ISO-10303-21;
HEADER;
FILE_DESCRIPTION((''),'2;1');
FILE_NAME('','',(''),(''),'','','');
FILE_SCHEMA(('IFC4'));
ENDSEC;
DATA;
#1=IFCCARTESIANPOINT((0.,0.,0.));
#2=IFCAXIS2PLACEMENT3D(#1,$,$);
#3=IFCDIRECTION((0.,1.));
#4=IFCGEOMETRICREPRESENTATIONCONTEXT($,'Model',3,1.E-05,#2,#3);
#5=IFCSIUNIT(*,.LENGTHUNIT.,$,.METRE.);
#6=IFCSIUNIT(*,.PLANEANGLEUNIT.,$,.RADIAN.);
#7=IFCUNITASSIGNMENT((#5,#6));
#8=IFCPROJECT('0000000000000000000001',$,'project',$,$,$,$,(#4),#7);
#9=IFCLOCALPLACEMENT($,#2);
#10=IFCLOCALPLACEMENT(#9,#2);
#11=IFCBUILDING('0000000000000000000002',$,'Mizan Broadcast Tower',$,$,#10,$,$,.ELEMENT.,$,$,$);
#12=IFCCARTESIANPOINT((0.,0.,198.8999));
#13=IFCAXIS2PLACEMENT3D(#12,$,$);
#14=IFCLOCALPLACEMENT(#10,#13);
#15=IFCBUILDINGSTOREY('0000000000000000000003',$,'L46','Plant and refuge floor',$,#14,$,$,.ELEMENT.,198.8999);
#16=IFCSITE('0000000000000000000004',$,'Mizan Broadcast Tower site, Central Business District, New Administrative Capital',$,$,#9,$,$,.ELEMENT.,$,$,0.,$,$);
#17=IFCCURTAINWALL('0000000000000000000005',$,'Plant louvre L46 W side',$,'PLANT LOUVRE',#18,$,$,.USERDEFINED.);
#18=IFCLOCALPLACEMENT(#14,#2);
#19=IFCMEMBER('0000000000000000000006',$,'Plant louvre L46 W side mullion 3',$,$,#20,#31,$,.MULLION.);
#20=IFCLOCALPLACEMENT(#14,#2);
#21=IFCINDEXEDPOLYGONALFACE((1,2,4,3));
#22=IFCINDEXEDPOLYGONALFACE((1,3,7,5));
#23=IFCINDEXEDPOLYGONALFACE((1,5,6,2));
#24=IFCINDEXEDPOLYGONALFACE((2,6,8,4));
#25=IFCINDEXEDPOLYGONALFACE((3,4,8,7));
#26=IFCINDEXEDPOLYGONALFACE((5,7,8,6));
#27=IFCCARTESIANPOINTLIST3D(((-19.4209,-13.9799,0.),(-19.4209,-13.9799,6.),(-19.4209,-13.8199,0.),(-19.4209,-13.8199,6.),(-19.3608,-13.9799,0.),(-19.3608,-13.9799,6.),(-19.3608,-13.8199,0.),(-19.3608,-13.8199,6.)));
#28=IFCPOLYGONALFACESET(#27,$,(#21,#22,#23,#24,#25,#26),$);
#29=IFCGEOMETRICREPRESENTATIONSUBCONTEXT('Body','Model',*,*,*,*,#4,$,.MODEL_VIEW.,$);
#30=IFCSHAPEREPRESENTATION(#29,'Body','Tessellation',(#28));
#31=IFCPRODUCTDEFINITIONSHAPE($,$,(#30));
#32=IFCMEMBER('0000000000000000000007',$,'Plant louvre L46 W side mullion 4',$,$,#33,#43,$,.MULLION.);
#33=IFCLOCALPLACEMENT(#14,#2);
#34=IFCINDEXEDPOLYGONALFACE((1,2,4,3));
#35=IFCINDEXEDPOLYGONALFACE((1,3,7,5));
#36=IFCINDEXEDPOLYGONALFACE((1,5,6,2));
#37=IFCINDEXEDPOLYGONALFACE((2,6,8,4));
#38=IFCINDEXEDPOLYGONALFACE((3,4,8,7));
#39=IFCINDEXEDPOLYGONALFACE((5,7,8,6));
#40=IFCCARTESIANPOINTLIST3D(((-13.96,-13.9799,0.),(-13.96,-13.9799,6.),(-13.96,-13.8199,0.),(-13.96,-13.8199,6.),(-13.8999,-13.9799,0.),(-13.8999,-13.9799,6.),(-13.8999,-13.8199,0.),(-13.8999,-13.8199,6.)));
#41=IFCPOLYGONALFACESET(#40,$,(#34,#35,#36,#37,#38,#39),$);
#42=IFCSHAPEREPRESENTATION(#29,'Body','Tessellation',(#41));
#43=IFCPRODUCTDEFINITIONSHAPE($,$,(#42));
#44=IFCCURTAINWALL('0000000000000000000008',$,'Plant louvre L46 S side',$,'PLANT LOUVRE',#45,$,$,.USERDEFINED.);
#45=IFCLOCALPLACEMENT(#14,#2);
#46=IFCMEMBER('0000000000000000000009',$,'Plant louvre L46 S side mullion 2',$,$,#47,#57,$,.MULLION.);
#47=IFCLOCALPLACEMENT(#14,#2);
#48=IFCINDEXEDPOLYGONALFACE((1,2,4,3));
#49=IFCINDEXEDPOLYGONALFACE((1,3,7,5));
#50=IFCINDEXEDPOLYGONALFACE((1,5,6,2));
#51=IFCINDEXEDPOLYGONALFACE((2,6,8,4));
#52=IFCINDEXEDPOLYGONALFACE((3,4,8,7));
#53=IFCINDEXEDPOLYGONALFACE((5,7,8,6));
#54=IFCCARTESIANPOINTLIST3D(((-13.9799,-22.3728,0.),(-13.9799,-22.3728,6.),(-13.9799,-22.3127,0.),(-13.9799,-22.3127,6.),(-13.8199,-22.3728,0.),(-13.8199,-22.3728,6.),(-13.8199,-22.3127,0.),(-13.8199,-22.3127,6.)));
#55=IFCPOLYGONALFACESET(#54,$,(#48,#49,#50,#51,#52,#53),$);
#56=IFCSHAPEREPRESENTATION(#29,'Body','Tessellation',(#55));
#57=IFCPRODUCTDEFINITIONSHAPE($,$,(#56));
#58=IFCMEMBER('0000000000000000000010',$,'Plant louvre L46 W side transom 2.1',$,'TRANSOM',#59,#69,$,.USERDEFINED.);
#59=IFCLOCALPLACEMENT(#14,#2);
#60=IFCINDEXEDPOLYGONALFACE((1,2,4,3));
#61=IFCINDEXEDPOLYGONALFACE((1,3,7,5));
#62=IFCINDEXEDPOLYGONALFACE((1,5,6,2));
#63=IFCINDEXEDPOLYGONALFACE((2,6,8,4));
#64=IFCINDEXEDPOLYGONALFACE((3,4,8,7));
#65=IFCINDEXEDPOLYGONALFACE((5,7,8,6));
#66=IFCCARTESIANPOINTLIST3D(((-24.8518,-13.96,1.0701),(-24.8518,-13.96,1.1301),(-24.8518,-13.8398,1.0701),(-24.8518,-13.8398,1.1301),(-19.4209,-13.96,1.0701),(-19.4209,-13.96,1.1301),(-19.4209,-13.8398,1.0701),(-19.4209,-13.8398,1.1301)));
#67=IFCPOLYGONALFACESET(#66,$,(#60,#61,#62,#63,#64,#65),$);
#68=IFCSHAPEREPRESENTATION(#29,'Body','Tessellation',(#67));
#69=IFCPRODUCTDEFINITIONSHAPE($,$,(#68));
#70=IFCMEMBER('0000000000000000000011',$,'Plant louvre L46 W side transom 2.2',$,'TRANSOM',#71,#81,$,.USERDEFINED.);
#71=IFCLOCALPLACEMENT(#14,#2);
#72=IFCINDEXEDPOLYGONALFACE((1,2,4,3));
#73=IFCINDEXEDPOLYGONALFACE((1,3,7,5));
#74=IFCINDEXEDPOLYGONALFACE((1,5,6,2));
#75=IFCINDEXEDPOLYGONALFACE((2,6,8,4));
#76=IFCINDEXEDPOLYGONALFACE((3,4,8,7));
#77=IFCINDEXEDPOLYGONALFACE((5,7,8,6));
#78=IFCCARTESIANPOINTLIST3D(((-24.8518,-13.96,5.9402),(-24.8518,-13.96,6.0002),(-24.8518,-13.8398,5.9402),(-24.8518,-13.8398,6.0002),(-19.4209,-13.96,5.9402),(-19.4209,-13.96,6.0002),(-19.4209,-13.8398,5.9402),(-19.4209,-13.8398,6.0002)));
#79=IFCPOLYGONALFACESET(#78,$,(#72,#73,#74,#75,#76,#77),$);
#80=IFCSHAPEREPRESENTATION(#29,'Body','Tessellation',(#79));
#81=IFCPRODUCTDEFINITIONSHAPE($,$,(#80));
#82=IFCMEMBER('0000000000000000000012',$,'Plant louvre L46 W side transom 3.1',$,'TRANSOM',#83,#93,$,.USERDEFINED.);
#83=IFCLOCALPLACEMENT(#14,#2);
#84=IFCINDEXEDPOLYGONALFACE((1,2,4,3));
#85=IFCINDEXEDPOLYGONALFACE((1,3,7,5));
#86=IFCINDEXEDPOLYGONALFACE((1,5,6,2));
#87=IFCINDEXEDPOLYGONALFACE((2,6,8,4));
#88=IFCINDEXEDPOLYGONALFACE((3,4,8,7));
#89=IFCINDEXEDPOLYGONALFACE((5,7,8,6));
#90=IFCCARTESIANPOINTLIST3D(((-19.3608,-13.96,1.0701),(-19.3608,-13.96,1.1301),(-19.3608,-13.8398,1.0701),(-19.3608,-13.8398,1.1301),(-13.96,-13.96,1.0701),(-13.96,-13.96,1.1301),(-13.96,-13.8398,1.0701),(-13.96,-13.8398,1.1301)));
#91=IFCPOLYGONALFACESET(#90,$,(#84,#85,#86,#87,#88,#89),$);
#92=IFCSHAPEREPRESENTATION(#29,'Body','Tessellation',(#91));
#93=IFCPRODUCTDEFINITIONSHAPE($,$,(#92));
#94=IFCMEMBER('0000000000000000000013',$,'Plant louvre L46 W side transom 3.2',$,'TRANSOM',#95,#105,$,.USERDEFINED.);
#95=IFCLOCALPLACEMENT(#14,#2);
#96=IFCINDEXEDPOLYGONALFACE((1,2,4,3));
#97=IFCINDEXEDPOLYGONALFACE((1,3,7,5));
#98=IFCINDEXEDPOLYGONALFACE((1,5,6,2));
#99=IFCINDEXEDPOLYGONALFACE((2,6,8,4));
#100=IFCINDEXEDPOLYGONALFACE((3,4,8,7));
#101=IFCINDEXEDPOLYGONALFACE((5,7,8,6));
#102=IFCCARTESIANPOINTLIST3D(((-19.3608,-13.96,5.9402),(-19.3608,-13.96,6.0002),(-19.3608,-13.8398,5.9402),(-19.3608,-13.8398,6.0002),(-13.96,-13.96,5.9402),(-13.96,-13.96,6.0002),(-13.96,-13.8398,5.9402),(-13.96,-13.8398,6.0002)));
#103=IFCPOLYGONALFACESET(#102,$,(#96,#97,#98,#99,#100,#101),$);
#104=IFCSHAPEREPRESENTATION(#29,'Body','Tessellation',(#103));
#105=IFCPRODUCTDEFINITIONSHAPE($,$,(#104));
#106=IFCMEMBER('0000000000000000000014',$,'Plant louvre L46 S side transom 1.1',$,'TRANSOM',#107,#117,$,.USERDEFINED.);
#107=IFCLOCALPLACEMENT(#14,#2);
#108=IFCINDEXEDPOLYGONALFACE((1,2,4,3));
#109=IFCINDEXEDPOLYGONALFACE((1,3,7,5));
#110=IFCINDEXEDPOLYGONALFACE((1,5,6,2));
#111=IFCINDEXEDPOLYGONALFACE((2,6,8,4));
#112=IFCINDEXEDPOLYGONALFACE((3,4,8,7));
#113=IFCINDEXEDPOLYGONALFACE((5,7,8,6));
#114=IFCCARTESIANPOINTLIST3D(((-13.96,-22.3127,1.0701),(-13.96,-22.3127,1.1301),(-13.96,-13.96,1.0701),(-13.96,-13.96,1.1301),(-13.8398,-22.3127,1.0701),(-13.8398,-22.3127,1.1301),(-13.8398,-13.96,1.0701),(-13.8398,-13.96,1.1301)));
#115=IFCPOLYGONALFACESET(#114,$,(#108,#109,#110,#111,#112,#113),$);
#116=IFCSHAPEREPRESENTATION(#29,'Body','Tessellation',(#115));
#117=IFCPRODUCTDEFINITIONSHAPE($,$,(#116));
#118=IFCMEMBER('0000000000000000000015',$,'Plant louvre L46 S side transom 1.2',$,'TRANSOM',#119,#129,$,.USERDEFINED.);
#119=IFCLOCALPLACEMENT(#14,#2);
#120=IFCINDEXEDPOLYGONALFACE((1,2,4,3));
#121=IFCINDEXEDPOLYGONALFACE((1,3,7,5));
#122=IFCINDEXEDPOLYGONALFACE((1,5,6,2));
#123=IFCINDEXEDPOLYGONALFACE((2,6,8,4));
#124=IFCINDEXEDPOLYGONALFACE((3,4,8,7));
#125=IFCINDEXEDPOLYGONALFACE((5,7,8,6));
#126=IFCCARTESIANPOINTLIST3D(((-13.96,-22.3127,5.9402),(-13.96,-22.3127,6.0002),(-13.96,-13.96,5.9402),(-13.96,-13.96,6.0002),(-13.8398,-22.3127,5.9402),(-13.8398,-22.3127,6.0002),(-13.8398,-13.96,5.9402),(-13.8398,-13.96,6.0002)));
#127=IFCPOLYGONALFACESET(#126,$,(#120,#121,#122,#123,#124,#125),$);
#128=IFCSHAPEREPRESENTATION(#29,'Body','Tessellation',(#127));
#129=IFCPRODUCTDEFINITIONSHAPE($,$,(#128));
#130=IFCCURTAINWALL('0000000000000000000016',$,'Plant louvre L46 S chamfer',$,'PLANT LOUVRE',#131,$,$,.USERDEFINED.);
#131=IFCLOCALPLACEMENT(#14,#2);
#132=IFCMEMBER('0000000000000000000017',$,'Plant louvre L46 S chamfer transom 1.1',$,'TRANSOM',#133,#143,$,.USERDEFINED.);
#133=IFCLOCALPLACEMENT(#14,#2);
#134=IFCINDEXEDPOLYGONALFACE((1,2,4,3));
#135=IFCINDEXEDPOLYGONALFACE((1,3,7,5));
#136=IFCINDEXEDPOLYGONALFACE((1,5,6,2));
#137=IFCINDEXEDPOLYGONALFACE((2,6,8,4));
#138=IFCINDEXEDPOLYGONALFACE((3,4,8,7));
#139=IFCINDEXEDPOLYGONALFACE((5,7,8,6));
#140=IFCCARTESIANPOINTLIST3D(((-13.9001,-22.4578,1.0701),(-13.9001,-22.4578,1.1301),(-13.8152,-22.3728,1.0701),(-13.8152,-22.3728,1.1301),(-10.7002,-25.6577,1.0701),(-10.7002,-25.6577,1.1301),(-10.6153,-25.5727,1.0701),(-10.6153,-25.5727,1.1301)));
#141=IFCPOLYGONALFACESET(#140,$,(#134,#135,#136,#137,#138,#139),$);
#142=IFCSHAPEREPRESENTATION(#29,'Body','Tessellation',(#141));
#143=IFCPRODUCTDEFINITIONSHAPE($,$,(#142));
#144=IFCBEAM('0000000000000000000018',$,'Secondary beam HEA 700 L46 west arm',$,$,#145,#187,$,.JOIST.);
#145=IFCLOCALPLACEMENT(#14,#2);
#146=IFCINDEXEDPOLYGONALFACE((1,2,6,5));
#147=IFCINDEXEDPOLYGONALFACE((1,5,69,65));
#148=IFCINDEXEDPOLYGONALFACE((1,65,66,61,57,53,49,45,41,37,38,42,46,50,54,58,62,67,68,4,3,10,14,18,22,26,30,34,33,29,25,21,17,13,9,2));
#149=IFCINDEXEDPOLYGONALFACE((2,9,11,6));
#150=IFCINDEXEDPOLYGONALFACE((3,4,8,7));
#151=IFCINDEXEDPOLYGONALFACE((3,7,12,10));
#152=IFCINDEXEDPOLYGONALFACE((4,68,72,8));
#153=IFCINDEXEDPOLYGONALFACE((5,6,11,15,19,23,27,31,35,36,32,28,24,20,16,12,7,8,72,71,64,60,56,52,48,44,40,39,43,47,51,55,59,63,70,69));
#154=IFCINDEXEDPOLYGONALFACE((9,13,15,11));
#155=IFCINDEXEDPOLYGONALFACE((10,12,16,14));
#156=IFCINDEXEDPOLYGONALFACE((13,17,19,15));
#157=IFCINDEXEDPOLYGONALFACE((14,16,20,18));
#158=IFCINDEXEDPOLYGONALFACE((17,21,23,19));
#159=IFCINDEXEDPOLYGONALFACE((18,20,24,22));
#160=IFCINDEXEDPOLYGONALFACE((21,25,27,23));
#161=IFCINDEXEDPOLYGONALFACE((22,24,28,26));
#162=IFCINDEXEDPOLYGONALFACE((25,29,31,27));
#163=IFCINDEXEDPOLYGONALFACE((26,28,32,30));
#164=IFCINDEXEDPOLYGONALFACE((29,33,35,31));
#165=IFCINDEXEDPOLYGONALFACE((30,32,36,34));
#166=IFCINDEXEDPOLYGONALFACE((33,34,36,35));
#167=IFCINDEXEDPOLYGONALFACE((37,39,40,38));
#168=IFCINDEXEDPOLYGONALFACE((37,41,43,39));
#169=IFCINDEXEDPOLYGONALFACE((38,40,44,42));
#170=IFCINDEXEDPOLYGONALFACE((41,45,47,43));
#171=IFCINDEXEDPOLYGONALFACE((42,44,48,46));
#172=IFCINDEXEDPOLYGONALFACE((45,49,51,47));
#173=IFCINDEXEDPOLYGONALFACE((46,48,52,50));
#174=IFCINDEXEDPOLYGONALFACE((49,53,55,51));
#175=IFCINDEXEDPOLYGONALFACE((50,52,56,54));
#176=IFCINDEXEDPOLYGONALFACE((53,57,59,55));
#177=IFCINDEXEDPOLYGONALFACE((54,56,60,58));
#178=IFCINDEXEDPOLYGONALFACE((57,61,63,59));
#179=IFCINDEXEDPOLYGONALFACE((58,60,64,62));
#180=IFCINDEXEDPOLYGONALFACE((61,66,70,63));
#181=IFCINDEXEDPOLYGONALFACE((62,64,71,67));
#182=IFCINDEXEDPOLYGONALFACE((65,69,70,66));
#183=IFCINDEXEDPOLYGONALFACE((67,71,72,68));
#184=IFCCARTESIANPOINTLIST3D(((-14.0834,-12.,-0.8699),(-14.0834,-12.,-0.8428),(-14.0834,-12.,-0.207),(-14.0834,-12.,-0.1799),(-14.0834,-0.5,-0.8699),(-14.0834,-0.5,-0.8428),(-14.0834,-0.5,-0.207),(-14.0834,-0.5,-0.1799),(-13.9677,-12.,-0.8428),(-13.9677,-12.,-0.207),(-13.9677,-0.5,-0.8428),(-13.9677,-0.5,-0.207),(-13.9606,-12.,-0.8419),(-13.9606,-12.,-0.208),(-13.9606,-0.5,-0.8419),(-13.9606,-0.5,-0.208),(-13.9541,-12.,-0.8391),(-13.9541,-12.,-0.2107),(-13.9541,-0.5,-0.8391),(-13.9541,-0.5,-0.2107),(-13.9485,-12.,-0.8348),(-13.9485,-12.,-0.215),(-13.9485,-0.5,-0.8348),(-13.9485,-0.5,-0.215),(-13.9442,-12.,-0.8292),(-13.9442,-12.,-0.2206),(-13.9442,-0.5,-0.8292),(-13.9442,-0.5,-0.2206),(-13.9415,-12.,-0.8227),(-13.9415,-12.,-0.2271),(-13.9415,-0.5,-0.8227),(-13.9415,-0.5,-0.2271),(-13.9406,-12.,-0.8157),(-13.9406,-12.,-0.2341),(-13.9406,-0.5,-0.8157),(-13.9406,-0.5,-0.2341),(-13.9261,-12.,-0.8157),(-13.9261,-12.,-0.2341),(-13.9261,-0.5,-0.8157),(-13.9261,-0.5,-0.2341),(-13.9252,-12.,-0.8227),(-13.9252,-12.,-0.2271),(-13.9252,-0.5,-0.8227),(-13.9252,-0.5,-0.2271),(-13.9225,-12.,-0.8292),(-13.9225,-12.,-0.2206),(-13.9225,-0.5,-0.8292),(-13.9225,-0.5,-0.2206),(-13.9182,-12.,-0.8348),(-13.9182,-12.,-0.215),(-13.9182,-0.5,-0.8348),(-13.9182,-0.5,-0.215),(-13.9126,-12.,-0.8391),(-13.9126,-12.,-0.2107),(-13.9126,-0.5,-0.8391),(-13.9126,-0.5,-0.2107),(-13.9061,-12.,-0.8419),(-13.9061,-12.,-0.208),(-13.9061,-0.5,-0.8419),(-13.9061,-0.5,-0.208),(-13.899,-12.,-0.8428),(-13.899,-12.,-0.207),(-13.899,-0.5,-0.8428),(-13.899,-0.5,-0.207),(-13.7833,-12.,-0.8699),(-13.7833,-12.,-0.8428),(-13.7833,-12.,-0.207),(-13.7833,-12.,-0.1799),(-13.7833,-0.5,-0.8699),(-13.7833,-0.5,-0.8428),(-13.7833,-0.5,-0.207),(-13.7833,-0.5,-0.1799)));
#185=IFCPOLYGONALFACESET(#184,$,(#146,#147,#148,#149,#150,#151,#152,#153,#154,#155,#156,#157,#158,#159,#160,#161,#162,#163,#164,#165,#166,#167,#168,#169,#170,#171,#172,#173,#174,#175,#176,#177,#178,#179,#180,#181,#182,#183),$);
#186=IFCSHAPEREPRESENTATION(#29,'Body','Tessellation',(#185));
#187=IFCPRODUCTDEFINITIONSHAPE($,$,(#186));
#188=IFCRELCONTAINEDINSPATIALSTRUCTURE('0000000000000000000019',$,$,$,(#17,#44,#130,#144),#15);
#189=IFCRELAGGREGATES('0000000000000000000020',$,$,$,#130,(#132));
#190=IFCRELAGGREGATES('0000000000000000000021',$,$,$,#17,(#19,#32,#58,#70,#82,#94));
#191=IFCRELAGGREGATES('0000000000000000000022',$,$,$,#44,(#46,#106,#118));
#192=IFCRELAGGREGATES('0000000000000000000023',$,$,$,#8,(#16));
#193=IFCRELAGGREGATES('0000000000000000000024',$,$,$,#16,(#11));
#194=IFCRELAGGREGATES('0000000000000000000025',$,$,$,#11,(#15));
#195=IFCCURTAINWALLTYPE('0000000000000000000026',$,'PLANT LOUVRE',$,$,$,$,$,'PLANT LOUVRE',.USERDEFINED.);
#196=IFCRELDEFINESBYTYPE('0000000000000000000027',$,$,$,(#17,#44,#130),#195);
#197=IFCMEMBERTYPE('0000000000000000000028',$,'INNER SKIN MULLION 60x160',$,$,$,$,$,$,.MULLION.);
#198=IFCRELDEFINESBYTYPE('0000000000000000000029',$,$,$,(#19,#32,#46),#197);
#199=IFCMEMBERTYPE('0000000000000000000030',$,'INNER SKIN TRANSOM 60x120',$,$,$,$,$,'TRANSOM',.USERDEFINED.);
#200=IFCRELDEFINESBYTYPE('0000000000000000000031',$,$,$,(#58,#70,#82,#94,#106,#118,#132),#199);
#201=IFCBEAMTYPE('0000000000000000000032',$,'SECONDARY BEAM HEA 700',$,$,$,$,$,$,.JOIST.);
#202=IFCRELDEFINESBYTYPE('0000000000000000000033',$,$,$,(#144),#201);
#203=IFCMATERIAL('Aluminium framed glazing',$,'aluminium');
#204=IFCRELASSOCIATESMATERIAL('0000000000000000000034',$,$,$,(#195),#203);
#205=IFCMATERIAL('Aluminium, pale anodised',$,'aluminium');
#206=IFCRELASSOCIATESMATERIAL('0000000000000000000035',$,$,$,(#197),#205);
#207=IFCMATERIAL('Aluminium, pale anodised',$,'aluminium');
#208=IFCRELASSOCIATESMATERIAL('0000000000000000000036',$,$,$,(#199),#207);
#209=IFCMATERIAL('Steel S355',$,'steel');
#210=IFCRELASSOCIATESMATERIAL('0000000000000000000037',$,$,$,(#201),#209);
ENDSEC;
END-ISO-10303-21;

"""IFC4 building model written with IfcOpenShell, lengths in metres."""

from ifc_helpers import new_model, si_unit, direction, frame, origin, origin_2d, place, context, subcontext, project, spatial, rectangle, i_section, extrude, material, material_profile, profile_set, type_object, element, aggregate, save


model = new_model("IFC4")

# Units and contexts
model_context = context("Model", 3, precision=1e-05, world=origin(), true_north=direction((0.0, 1.0)))
body_context = subcontext(model_context, "Body", "Model", "MODEL_VIEW")
ifc_project = project(units=[si_unit("LENGTHUNIT", "METRE"), si_unit("PLANEANGLEUNIT", "RADIAN")], contexts=[model_context])

# Site, building, storey
site_placement = place(None, origin())
site = spatial("IfcSite", under=ifc_project, at=site_placement, Name="Mizan Broadcast Tower site, Central Business District, New Administrative Capital", CompositionType="ELEMENT", RefElevation=0.0)
building_placement = place(site_placement, origin())
building = spatial("IfcBuilding", under=site, at=building_placement, Name="Mizan Broadcast Tower", CompositionType="ELEMENT")
storey_placement = place(building_placement, frame((0.0, 0.0, 198.8999)))
storey = spatial("IfcBuildingStorey", under=building, at=storey_placement, Name="L46", Description="Plant and refuge floor", CompositionType="ELEMENT", Elevation=198.8999)

# Curtain wall, members
ifc_material_1 = material(Name="Aluminium framed glazing", Category="aluminium")
curtain_wall_type = type_object("IfcCurtainWallType", Name="PLANT LOUVRE", ElementType="PLANT LOUVRE", PredefinedType="USERDEFINED", material=ifc_material_1)
curtain_wall_1_placement = place(storey_placement, origin())
curtain_wall_1 = element("IfcCurtainWall", 1, at=curtain_wall_1_placement, inside=storey, type_object=curtain_wall_type, Name="Plant louvre L46 W side", ObjectType="PLANT LOUVRE", PredefinedType="USERDEFINED")
ifc_material_2 = material(Name="Aluminium, pale anodised", Category="aluminium")
ifc_material_profile_1 = material_profile(ifc_material_2, rectangle(XDim=0.1599, YDim=0.0601, at=origin_2d()), Name="MULLION 160x60")
ifc_profile_set_1 = profile_set([ifc_material_profile_1], Name="Aluminium, pale anodised")
member_type_1 = type_object("IfcMemberType", Name="INNER SKIN MULLION 60x160", PredefinedType="MULLION", material=ifc_profile_set_1)
member_1_placement = place(storey_placement, frame((-19.3909, -13.8999, 0.0), z_axis=(0.0, 0.0, 1.0), x_axis=(0.0, 1.0, 0.0)))
member_1 = element("IfcMember", 2, at=member_1_placement, type_object=member_type_1, Name="Plant louvre L46 W side mullion 3", PredefinedType="MULLION", context=body_context, shape_type="SweptSolid", body=[
    extrude(rectangle(XDim=0.1599, YDim=0.0601, at=origin_2d()), origin(), (0.0, 0.0, 1.0), 6.0),
])
member_2_placement = place(storey_placement, frame((-13.9299, -13.8999, 0.0), z_axis=(0.0, 0.0, 1.0), x_axis=(0.0, 1.0, 0.0)))
member_2 = element("IfcMember", 3, at=member_2_placement, type_object=member_type_1, Name="Plant louvre L46 W side mullion 4", PredefinedType="MULLION", context=body_context, shape_type="SweptSolid", body=[
    extrude(rectangle(XDim=0.1599, YDim=0.0601, at=origin_2d()), origin(), (0.0, 0.0, 1.0), 6.0),
])

# Curtain wall, member
curtain_wall_2_placement = place(storey_placement, origin())
curtain_wall_2 = element("IfcCurtainWall", 4, at=curtain_wall_2_placement, inside=storey, type_object=curtain_wall_type, Name="Plant louvre L46 S side", ObjectType="PLANT LOUVRE", PredefinedType="USERDEFINED")
member_3_placement = place(storey_placement, frame((-13.8999, -22.3428, 0.0), z_axis=(0.0, 0.0, 1.0), x_axis=(1.0, 0.0, 0.0)))
member_3 = element("IfcMember", 5, at=member_3_placement, type_object=member_type_1, Name="Plant louvre L46 S side mullion 2", PredefinedType="MULLION", context=body_context, shape_type="SweptSolid", body=[
    extrude(rectangle(XDim=0.1599, YDim=0.0601, at=origin_2d()), origin(), (0.0, 0.0, 1.0), 6.0),
])

# Members
ifc_material_3 = material(Name="Aluminium, pale anodised", Category="aluminium")
ifc_material_profile_2 = material_profile(ifc_material_3, rectangle(XDim=0.1201, YDim=0.0601, at=origin_2d()), Name="TRANSOM 120x60")
ifc_profile_set_2 = profile_set([ifc_material_profile_2], Name="Aluminium, pale anodised")
member_type_2 = type_object("IfcMemberType", Name="INNER SKIN TRANSOM 60x120", ElementType="TRANSOM", PredefinedType="USERDEFINED", material=ifc_profile_set_2)
member_4_placement = place(storey_placement, frame((-24.8518, -13.8999, 1.1001), z_axis=(1.0, 0.0, 0.0), x_axis=(0.0, 1.0, 0.0)))
member_4 = element("IfcMember", 6, at=member_4_placement, type_object=member_type_2, Name="Plant louvre L46 W side transom 2.1", ObjectType="TRANSOM", PredefinedType="USERDEFINED", context=body_context, shape_type="SweptSolid", body=[
    extrude(rectangle(XDim=0.1201, YDim=0.0601, at=origin_2d()), origin(), (0.0, 0.0, 1.0), 5.4309),
])
member_5_placement = place(storey_placement, frame((-24.8518, -13.8999, 5.9702), z_axis=(1.0, 0.0, 0.0), x_axis=(0.0, 1.0, 0.0)))
member_5 = element("IfcMember", 7, at=member_5_placement, type_object=member_type_2, Name="Plant louvre L46 W side transom 2.2", ObjectType="TRANSOM", PredefinedType="USERDEFINED", context=body_context, shape_type="SweptSolid", body=[
    extrude(rectangle(XDim=0.1201, YDim=0.0601, at=origin_2d()), origin(), (0.0, 0.0, 1.0), 5.4309),
])
member_6_placement = place(storey_placement, frame((-19.3608, -13.8999, 1.1001), z_axis=(1.0, 0.0, 0.0), x_axis=(0.0, 1.0, 0.0)))
member_6 = element("IfcMember", 8, at=member_6_placement, type_object=member_type_2, Name="Plant louvre L46 W side transom 3.1", ObjectType="TRANSOM", PredefinedType="USERDEFINED", context=body_context, shape_type="SweptSolid", body=[
    extrude(rectangle(XDim=0.1201, YDim=0.0601, at=origin_2d()), origin(), (0.0, 0.0, 1.0), 5.4009),
])
member_7_placement = place(storey_placement, frame((-19.3608, -13.8999, 5.9702), z_axis=(1.0, 0.0, 0.0), x_axis=(0.0, 1.0, 0.0)))
member_7 = element("IfcMember", 9, at=member_7_placement, type_object=member_type_2, Name="Plant louvre L46 W side transom 3.2", ObjectType="TRANSOM", PredefinedType="USERDEFINED", context=body_context, shape_type="SweptSolid", body=[
    extrude(rectangle(XDim=0.1201, YDim=0.0601, at=origin_2d()), origin(), (0.0, 0.0, 1.0), 5.4009),
])
member_8_placement = place(storey_placement, frame((-13.8999, -13.96, 1.1001), z_axis=(0.0, -1.0, 0.0), x_axis=(1.0, 0.0, 0.0)))
member_8 = element("IfcMember", 10, at=member_8_placement, type_object=member_type_2, Name="Plant louvre L46 S side transom 1.1", ObjectType="TRANSOM", PredefinedType="USERDEFINED", context=body_context, shape_type="SweptSolid", body=[
    extrude(rectangle(XDim=0.1201, YDim=0.0601, at=origin_2d()), origin(), (0.0, 0.0, 1.0), 8.3528),
])
member_9_placement = place(storey_placement, frame((-13.8999, -13.96, 5.9702), z_axis=(0.0, -1.0, 0.0), x_axis=(1.0, 0.0, 0.0)))
member_9 = element("IfcMember", 11, at=member_9_placement, type_object=member_type_2, Name="Plant louvre L46 S side transom 1.2", ObjectType="TRANSOM", PredefinedType="USERDEFINED", context=body_context, shape_type="SweptSolid", body=[
    extrude(rectangle(XDim=0.1201, YDim=0.0601, at=origin_2d()), origin(), (0.0, 0.0, 1.0), 8.3528),
])

# Curtain wall, member
curtain_wall_3_placement = place(storey_placement, origin())
curtain_wall_3 = element("IfcCurtainWall", 12, at=curtain_wall_3_placement, inside=storey, type_object=curtain_wall_type, Name="Plant louvre L46 S chamfer", ObjectType="PLANT LOUVRE", PredefinedType="USERDEFINED")
member_10_placement = place(storey_placement, frame((-13.8577, -22.4153, 1.1001), z_axis=(0.707107, -0.707107, 0.0), x_axis=(0.707107, 0.707107, 0.0)))
member_10 = element("IfcMember", 13, at=member_10_placement, type_object=member_type_2, Name="Plant louvre L46 S chamfer transom 1.1", ObjectType="TRANSOM", PredefinedType="USERDEFINED", context=body_context, shape_type="SweptSolid", body=[
    extrude(rectangle(XDim=0.1201, YDim=0.0601, at=origin_2d()), origin(), (0.0, 0.0, 1.0), 4.5254),
])
aggregate(curtain_wall_3, [member_10])

# Beam
ifc_material_4 = material(Name="Steel S355", Category="steel")
ifc_material_profile_3 = material_profile(ifc_material_4, i_section(OverallWidth=0.3, OverallDepth=0.6899, WebThickness=0.0144, FlangeThickness=0.0271, FilletRadius=0.0271, at=origin_2d()), Name="HEA 700")
ifc_profile_set_3 = profile_set([ifc_material_profile_3], Name="Steel S355")
beam_type_1 = type_object("IfcBeamType", Name="SECONDARY BEAM HEA 700", PredefinedType="JOIST", material=ifc_profile_set_3)
for number, where, z_axis, x_axis, name in (
    (14, (-13.9333, -12.0, -0.5249), (0.0, 1.0, 0.0), (-1.0, 0.0, 0.0), "Secondary beam HEA 700 L46 west arm"),
):
    element("IfcBeam", number, at=place(storey_placement, frame(where, z_axis=z_axis, x_axis=x_axis)), inside=storey, type_object=beam_type_1, Name=name, PredefinedType="JOIST", context=body_context, shape_type="SweptSolid", body=[
        extrude(i_section(OverallWidth=0.3, OverallDepth=0.6899, WebThickness=0.0144, FlangeThickness=0.0271, FilletRadius=0.0271, at=origin_2d()), origin(), (0.0, 0.0, 1.0), 11.5),
    ])

aggregate(curtain_wall_1, [member_1, member_2, member_4, member_5, member_6, member_7])
aggregate(curtain_wall_2, [member_3, member_8, member_9])

save(model, "model.ifc")
